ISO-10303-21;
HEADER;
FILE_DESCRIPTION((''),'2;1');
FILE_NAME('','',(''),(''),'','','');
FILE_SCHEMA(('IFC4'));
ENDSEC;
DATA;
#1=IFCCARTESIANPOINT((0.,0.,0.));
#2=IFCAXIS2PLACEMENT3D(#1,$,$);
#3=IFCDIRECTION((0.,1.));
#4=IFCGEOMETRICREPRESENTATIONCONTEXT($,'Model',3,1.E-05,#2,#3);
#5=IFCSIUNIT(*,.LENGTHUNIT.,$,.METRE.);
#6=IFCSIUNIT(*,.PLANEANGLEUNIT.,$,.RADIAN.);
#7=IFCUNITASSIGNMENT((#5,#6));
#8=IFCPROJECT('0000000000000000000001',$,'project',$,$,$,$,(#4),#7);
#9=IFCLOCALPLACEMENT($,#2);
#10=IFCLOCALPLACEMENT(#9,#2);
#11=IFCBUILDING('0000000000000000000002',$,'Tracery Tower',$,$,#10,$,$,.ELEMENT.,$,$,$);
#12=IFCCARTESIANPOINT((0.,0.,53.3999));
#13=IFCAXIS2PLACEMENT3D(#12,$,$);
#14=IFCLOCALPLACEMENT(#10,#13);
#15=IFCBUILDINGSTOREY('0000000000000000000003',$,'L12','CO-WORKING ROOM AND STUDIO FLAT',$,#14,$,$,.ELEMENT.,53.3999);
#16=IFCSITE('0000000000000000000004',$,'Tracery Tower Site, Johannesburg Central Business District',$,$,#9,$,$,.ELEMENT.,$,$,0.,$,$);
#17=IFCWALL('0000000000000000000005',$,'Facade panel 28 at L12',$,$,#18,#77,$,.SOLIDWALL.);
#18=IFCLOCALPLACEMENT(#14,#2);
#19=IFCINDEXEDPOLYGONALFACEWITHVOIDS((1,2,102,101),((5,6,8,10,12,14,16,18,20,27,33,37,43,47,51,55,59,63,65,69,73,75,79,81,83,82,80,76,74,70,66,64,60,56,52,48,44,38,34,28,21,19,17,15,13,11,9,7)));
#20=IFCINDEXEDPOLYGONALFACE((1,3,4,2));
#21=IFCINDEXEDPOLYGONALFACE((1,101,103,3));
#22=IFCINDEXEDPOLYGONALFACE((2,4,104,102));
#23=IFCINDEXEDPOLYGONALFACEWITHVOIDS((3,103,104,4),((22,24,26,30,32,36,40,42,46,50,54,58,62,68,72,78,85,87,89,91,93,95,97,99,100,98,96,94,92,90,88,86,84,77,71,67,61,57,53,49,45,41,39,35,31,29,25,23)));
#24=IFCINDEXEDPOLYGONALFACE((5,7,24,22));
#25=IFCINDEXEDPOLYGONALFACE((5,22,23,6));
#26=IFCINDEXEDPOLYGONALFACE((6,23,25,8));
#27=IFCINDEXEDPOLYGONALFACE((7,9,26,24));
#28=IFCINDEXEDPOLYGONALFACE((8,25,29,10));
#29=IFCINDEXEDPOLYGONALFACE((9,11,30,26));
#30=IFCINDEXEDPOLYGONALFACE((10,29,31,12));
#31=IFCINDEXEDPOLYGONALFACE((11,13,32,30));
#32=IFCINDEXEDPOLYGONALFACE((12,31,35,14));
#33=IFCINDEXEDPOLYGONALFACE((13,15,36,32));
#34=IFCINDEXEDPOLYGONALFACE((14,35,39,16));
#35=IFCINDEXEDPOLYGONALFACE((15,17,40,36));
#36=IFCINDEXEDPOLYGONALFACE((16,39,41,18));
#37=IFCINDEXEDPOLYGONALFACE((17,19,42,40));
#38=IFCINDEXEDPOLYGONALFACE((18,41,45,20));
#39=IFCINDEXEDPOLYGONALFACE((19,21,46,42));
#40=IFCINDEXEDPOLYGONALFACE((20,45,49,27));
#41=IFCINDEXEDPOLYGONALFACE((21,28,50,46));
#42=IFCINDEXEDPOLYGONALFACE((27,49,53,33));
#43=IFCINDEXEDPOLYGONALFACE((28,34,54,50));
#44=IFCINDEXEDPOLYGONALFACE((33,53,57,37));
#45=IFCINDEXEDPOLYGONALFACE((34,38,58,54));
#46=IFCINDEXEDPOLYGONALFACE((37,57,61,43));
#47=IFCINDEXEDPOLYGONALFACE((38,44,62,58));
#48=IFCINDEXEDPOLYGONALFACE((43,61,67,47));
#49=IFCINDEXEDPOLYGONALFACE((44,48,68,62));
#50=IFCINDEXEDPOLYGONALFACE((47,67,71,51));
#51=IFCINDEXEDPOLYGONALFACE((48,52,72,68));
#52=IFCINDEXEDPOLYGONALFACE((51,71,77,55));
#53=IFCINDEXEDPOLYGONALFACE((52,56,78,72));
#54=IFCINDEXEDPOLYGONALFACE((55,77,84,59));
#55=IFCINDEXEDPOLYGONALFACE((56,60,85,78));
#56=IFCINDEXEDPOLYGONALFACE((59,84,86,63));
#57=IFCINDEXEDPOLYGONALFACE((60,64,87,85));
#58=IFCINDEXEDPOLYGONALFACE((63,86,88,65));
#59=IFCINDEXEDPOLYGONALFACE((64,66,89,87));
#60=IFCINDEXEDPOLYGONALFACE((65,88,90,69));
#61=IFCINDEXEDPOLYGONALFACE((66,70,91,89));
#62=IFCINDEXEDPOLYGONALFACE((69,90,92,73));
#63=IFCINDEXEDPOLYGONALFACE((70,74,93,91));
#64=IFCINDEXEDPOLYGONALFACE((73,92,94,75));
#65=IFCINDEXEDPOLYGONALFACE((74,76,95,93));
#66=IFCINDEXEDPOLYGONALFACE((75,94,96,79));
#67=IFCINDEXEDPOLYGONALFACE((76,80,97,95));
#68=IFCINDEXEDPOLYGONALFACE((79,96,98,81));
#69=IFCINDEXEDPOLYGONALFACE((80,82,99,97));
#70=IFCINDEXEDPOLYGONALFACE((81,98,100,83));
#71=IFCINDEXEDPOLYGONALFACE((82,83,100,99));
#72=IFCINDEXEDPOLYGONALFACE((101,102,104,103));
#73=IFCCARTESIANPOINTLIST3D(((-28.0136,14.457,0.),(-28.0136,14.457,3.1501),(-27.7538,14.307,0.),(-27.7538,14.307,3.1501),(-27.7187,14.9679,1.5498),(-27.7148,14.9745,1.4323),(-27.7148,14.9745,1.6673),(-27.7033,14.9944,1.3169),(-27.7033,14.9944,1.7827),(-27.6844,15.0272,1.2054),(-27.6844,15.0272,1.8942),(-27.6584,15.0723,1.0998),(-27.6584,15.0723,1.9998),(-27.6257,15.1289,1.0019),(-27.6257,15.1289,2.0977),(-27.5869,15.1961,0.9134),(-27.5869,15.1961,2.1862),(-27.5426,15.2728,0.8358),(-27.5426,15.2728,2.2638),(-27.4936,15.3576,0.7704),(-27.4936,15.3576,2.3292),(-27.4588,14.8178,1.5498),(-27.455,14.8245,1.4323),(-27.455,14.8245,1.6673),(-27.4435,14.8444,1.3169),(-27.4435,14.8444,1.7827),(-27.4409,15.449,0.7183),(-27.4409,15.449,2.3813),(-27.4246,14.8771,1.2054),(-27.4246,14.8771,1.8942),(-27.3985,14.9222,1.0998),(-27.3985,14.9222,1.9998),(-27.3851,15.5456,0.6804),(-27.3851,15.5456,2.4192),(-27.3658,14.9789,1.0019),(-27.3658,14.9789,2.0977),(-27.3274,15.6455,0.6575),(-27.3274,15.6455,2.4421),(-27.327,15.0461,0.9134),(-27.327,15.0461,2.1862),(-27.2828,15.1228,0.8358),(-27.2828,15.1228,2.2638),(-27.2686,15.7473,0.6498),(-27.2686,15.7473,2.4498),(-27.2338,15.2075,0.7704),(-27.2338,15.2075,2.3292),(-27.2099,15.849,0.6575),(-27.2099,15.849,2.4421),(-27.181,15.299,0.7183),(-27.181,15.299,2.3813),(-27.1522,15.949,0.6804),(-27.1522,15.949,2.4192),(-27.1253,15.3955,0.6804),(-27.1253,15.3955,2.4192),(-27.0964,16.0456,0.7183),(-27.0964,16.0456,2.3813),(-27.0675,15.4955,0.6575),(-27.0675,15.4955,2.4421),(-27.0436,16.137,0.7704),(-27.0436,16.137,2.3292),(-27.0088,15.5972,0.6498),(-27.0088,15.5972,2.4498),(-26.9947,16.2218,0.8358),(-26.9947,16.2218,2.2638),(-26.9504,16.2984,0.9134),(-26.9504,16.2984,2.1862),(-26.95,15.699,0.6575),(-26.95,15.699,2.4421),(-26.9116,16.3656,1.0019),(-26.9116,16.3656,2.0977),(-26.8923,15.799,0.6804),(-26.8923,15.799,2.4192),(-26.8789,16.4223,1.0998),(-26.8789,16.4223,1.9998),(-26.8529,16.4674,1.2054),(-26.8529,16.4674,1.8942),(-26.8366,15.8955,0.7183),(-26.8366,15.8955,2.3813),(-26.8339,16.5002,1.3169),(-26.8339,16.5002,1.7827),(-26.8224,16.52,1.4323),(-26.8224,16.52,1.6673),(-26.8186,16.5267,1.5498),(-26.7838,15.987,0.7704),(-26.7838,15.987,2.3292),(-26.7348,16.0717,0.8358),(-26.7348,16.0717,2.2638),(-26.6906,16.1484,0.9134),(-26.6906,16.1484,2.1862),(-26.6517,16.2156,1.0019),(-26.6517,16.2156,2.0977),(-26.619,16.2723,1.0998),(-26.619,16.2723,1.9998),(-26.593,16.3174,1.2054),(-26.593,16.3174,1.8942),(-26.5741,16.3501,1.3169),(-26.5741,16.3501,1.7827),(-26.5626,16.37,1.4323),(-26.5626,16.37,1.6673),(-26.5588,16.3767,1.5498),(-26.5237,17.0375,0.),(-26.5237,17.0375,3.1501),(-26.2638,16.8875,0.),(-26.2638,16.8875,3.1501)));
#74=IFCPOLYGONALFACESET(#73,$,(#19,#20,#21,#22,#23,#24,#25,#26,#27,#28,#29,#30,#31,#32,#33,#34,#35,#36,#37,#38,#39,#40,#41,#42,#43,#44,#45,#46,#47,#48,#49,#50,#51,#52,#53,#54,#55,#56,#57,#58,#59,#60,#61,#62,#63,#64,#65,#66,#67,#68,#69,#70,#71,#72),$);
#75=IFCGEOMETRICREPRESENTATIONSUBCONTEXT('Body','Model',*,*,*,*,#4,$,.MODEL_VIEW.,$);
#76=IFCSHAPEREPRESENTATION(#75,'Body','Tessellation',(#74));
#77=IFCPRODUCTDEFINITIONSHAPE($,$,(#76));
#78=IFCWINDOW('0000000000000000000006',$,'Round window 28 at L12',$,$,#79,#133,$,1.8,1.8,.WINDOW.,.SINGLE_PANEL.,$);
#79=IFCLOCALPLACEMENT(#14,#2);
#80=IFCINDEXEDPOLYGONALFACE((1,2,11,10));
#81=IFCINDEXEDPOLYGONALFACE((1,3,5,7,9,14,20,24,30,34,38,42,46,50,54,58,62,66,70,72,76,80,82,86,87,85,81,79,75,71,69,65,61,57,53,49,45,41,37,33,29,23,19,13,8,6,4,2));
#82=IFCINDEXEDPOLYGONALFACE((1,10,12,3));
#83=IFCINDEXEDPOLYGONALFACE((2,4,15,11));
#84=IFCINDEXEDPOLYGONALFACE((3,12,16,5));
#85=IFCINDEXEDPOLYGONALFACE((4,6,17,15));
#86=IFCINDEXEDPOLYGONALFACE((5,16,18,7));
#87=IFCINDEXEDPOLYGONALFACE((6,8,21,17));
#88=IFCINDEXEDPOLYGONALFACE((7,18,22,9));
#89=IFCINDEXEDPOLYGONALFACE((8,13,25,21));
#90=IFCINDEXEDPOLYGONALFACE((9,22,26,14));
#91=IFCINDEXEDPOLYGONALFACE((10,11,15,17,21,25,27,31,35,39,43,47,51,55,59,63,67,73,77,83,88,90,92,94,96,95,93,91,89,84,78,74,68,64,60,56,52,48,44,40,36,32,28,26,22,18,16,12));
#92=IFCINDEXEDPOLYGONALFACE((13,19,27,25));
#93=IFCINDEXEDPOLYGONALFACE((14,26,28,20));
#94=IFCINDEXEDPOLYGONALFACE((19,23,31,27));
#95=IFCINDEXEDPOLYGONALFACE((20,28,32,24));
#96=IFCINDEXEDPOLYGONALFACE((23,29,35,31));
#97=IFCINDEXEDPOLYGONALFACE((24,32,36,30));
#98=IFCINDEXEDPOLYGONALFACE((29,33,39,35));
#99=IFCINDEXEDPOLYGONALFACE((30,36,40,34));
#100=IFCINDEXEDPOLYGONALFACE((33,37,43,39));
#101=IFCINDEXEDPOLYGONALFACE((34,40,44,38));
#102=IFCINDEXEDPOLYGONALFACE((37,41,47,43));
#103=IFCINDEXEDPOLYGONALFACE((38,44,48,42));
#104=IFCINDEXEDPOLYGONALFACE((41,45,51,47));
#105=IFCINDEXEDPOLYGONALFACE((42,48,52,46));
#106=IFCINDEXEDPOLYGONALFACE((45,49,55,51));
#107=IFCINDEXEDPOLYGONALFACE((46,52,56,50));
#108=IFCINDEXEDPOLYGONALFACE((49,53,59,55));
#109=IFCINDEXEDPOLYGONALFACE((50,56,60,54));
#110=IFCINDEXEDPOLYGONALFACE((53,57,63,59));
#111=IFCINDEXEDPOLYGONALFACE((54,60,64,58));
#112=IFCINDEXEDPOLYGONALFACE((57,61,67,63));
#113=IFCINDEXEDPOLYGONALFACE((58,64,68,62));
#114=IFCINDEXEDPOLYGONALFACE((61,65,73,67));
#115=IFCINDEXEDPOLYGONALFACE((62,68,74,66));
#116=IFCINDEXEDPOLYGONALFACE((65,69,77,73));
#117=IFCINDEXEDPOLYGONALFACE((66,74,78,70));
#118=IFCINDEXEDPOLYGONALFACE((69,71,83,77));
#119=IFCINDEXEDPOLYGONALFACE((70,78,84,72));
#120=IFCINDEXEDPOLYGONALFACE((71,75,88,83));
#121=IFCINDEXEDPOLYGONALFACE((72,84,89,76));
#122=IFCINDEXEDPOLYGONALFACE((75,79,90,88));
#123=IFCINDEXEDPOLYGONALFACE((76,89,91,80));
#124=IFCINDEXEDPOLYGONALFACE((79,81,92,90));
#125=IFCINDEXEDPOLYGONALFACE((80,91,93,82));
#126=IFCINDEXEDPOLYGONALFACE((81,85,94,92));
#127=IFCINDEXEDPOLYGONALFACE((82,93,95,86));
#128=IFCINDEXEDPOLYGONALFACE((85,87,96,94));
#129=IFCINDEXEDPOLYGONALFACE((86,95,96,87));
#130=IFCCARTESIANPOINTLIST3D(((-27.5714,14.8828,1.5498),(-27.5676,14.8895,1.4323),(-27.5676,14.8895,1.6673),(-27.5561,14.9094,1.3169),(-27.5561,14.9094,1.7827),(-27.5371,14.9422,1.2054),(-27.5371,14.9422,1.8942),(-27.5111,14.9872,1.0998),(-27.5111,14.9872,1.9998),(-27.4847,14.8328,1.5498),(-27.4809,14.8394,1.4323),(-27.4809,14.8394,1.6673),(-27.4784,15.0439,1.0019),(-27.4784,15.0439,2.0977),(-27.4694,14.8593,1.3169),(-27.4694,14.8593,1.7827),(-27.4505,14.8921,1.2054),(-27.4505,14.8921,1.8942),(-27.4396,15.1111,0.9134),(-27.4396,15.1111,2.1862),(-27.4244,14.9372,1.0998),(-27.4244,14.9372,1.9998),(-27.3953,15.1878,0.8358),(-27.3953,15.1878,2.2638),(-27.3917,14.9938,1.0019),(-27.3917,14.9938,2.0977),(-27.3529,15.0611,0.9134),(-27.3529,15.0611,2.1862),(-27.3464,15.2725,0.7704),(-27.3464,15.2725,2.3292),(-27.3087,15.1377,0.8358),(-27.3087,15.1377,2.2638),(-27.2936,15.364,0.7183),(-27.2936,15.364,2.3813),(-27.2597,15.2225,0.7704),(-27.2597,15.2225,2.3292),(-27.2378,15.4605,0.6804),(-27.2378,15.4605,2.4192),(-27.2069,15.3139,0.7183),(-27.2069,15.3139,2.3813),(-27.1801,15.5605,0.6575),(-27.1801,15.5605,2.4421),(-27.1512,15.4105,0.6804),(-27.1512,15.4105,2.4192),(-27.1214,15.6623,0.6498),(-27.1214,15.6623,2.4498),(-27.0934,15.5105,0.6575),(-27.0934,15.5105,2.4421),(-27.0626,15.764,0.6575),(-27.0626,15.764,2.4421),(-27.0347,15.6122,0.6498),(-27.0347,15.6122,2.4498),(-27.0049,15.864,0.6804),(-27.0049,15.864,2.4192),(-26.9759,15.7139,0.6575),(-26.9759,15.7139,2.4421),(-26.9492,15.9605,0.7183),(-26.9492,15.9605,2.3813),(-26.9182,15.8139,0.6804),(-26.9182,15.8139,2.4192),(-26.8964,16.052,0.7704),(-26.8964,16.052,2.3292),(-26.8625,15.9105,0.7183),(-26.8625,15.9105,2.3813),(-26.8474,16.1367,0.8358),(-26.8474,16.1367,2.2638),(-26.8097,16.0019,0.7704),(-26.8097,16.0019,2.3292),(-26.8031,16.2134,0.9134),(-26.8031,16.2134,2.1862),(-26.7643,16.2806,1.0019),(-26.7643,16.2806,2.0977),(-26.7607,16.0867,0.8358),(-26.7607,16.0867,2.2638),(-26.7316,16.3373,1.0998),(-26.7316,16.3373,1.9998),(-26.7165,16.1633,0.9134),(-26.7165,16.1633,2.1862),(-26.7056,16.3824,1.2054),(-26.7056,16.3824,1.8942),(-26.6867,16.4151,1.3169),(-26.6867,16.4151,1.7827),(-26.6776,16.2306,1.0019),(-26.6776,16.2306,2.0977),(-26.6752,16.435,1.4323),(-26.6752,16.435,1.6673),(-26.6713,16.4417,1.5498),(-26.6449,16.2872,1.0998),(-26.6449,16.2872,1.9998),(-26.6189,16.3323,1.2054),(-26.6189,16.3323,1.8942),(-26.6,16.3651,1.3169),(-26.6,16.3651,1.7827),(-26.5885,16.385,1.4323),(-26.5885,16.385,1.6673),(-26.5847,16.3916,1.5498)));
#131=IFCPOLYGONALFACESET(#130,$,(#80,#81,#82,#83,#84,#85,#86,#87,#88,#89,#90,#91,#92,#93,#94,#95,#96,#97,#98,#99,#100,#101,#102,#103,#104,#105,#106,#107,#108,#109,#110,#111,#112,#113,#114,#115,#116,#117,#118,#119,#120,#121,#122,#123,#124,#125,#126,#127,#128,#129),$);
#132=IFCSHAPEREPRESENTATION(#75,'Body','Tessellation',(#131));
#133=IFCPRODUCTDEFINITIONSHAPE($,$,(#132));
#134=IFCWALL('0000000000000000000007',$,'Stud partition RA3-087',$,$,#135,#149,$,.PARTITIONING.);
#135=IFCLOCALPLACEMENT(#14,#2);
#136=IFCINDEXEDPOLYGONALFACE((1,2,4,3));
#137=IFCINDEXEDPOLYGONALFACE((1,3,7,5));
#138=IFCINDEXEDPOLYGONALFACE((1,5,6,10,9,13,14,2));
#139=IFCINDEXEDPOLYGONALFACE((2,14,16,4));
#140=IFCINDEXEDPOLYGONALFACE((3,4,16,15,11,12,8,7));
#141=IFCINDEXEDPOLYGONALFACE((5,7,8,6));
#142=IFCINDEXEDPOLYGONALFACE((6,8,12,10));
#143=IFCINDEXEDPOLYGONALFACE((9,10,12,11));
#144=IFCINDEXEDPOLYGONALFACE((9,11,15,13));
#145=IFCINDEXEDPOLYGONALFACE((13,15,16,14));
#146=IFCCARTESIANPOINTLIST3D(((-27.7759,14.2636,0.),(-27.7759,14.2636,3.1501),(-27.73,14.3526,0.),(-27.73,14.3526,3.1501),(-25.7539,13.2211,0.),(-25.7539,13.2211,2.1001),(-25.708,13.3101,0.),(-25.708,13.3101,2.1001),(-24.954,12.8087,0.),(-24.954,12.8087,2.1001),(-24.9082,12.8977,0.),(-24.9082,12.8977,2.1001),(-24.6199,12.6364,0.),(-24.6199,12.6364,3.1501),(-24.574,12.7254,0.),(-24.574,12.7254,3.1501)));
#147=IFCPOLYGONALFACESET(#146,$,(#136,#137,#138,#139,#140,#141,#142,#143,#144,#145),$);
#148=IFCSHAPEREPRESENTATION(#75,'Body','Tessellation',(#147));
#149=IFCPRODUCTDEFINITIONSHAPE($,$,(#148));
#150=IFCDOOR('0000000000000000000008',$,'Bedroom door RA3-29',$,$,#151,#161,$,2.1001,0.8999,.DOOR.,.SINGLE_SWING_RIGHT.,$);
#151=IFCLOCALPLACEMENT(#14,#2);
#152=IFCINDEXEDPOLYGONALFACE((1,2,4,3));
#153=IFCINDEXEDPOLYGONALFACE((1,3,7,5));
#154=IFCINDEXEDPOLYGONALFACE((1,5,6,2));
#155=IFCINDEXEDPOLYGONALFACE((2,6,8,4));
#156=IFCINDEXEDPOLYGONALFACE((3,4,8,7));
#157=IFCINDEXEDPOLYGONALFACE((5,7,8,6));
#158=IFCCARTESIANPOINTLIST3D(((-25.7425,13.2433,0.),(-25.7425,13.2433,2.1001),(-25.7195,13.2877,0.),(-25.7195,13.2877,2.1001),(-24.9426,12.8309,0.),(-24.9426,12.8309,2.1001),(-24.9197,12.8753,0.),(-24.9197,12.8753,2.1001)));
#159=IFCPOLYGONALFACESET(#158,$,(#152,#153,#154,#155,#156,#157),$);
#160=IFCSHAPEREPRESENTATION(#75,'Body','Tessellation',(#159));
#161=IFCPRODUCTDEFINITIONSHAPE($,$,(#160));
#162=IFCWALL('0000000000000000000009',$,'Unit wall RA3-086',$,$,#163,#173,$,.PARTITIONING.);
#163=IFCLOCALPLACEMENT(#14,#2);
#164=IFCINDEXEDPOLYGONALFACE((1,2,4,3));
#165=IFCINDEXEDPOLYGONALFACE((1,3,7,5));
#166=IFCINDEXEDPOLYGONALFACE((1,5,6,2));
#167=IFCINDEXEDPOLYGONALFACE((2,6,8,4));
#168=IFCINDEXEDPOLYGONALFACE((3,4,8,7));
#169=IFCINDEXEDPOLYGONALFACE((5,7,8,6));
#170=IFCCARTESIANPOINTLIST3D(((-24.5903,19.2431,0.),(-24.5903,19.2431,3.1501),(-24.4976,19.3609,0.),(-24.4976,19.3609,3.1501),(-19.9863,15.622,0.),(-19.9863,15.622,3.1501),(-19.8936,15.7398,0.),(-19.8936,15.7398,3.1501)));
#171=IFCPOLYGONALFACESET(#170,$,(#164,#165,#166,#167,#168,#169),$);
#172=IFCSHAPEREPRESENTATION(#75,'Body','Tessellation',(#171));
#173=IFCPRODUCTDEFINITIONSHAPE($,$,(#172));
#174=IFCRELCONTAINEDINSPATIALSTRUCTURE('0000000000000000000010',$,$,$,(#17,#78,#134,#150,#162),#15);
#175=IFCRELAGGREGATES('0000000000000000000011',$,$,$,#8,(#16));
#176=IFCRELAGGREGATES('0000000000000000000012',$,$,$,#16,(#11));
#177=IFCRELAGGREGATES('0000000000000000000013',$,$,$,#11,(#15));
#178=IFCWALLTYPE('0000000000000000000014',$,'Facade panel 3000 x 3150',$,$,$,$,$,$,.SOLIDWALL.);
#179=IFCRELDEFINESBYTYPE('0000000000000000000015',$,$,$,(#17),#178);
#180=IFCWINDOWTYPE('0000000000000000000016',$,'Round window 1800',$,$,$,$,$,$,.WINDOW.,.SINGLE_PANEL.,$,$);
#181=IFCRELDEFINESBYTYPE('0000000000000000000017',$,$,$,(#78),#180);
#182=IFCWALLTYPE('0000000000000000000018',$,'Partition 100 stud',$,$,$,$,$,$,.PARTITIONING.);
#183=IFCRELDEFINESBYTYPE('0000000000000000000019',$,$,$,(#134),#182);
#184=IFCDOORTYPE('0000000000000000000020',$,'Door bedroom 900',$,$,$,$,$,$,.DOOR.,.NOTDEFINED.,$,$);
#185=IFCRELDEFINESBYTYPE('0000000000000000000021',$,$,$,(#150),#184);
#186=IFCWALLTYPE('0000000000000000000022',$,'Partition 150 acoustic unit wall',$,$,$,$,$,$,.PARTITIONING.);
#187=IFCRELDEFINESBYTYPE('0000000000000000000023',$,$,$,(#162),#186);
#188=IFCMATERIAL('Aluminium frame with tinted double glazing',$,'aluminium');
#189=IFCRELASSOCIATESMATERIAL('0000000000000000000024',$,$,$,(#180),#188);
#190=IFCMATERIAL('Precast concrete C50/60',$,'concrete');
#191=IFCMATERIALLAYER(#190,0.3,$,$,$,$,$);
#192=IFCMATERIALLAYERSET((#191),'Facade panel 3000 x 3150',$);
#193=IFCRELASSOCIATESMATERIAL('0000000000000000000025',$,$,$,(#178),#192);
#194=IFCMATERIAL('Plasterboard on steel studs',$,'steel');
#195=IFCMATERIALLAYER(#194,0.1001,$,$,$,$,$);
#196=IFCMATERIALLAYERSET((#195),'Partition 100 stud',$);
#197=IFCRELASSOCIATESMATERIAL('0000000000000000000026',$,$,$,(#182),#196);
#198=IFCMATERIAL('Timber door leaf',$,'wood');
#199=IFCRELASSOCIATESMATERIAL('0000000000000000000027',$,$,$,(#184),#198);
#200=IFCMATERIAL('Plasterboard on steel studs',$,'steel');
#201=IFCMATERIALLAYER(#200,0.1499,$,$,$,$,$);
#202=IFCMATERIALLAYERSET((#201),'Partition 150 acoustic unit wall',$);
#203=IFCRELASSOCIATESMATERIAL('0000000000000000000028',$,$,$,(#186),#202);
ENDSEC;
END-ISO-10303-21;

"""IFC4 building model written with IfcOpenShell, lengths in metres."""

from ifc_helpers import new_model, si_unit, direction, frame, frame_2d, origin, origin_2d, place, context, subcontext, project, spatial, rectangle, circle, extrude, material, layer, layer_set, type_object, element, fill, save


model = new_model("IFC4")

# Units and contexts
model_context = context("Model", 3, precision=1e-05, world=origin(), true_north=direction((0.0, 1.0)))
body_context = subcontext(model_context, "Body", "Model", "MODEL_VIEW")
ifc_project = project(units=[si_unit("LENGTHUNIT", "METRE"), si_unit("PLANEANGLEUNIT", "RADIAN")], contexts=[model_context])

# Site, building, storey
site_placement = place(None, origin())
site = spatial("IfcSite", under=ifc_project, at=site_placement, Name="Tracery Tower Site, Johannesburg Central Business District", CompositionType="ELEMENT", RefElevation=0.0)
building_placement = place(site_placement, origin())
building = spatial("IfcBuilding", under=site, at=building_placement, Name="Tracery Tower", CompositionType="ELEMENT")
storey_placement = place(building_placement, frame((0.0, 0.0, 53.3999)))
storey = spatial("IfcBuildingStorey", under=building, at=storey_placement, Name="L12", Description="CO-WORKING ROOM AND STUDIO FLAT", CompositionType="ELEMENT", Elevation=53.3999)

# Wall, opening, window
ifc_material_1 = material(Name="Aluminium frame with tinted double glazing", Category="aluminium")
window_type = type_object("IfcWindowType", Name="Round window 1800", PartitioningType="SINGLE_PANEL", PredefinedType="WINDOW", material=ifc_material_1)
ifc_material_2 = material(Name="Precast concrete C50/60", Category="concrete")
ifc_layer_1 = layer(ifc_material_2, 0.3)
ifc_layer_set_1 = layer_set([ifc_layer_1], Name="Facade panel 3000 x 3150")
wall_type_1 = type_object("IfcWallType", Name="Facade panel 3000 x 3150", PredefinedType="SOLIDWALL", material=ifc_layer_set_1)
wall_1_placement = place(storey_placement, frame((-26.3938, 16.9624, 0.0), z_axis=(0.0, 0.0, 1.0), x_axis=(-0.500025, -0.866011, 0.0)))
wall_1 = element("IfcWall", 1, at=wall_1_placement, inside=storey, type_object=wall_type_1, Name="Facade panel 28 at L12", PredefinedType="SOLIDWALL", context=body_context, shape_type="SweptSolid", body=[
    extrude(rectangle(XDim=2.9797, YDim=0.3, at=frame_2d((1.4897, 0.0))), origin(), (0.0, 0.0, 1.0), 3.1501),
])
opening_1_placement = place(wall_1_placement, frame((1.4897, 0.0, 1.5498)))
opening_1 = element("IfcOpeningElement", 2, at=opening_1_placement, cuts=wall_1, PredefinedType="OPENING", context=body_context, shape_type="SweptSolid", body=[
    extrude(circle(Radius=0.9, at=origin_2d()), frame((0.0, 0.1599, 0.0), z_axis=(0.0, -1.0, 0.0), x_axis=(1.0, 0.0, 0.0)), (0.0, 0.0, 1.0), 0.3201),
])
window_1_placement = place(opening_1_placement, origin())
window_1 = element("IfcWindow", 3, at=window_1_placement, inside=storey, type_object=window_type, Name="Round window 28 at L12", OverallHeight=1.8, OverallWidth=1.8, PartitioningType="SINGLE_PANEL", PredefinedType="WINDOW", context=body_context, shape_type="SweptSolid", body=[
    extrude(circle(Radius=0.9, at=origin_2d()), frame((0.0, 0.1201, 0.0), z_axis=(0.0, -1.0, 0.0), x_axis=(1.0, 0.0, 0.0)), (0.0, 0.0, 1.0), 0.1001),
])
fill(opening_1, window_1)

# Wall, opening, door
ifc_material_3 = material(Name="Plasterboard on steel studs", Category="steel")
ifc_layer_2 = layer(ifc_material_3, 0.1001)
ifc_layer_set_2 = layer_set([ifc_layer_2], Name="Partition 100 stud")
wall_type_2 = type_object("IfcWallType", Name="Partition 100 stud", PredefinedType="PARTITIONING", material=ifc_layer_set_2)
wall_2_placement = place(storey_placement, frame((-27.7529, 14.3081, 0.0), z_axis=(0.0, 0.0, 1.0), x_axis=(0.888817, -0.458263, 0.0)))
wall_2 = element("IfcWall", 4, at=wall_2_placement, inside=storey, type_object=wall_type_2, Name="Stud partition RA3-087", PredefinedType="PARTITIONING", context=body_context, shape_type="SweptSolid", body=[
    extrude(rectangle(XDim=3.5508, YDim=0.1001, at=frame_2d((1.7754, 0.0))), origin(), (0.0, 0.0, 1.0), 3.1501),
])
opening_2_placement = place(wall_2_placement, frame((2.2749, 0.0, 0.0)))
opening_2 = element("IfcOpeningElement", 5, at=opening_2_placement, cuts=wall_2, PredefinedType="OPENING", context=body_context, shape_type="SweptSolid", body=[
    extrude(rectangle(XDim=0.8999, YDim=2.1001, at=frame_2d((0.45, 1.05))), frame((0.0, 0.05, 0.0), z_axis=(0.0, -1.0, 0.0), x_axis=(1.0, 0.0, 0.0)), (0.0, 0.0, 1.0), 0.1001),
])
ifc_material_4 = material(Name="Timber door leaf", Category="wood")
door_type = type_object("IfcDoorType", Name="Door bedroom 900", OperationType="NOTDEFINED", PredefinedType="DOOR", material=ifc_material_4)
door_placement = place(opening_2_placement, origin())
door = element("IfcDoor", 6, at=door_placement, inside=storey, type_object=door_type, Name="Bedroom door RA3-29", OperationType="SINGLE_SWING_RIGHT", OverallHeight=2.1001, OverallWidth=0.8999, PredefinedType="DOOR", context=body_context, shape_type="SweptSolid", body=[
    extrude(rectangle(XDim=0.8999, YDim=2.1001, at=frame_2d((0.45, 1.05))), frame((0.0, 0.0249, 0.0), z_axis=(0.0, -1.0, 0.0), x_axis=(1.0, 0.0, 0.0)), (0.0, 0.0, 1.0), 0.05),
])
fill(opening_2, door)

# Wall
ifc_material_5 = material(Name="Plasterboard on steel studs", Category="steel")
ifc_layer_3 = layer(ifc_material_5, 0.1499)
ifc_layer_set_3 = layer_set([ifc_layer_3], Name="Partition 150 acoustic unit wall")
wall_type_3 = type_object("IfcWallType", Name="Partition 150 acoustic unit wall", PredefinedType="PARTITIONING", material=ifc_layer_set_3)
wall_3_placement = place(storey_placement, frame((-24.5439, 19.302, 0.0), z_axis=(0.0, 0.0, 1.0), x_axis=(0.786015, -0.618208, 0.0)))
element("IfcWall", 7, at=wall_3_placement, inside=storey, type_object=wall_type_3, Name="Unit wall RA3-086", PredefinedType="PARTITIONING", context=body_context, shape_type="SweptSolid", body=[
    extrude(rectangle(XDim=5.8574, YDim=0.1499, at=frame_2d((2.9287, 0.0))), origin(), (0.0, 0.0, 1.0), 3.1501),
])

save(model, "model.ifc")
